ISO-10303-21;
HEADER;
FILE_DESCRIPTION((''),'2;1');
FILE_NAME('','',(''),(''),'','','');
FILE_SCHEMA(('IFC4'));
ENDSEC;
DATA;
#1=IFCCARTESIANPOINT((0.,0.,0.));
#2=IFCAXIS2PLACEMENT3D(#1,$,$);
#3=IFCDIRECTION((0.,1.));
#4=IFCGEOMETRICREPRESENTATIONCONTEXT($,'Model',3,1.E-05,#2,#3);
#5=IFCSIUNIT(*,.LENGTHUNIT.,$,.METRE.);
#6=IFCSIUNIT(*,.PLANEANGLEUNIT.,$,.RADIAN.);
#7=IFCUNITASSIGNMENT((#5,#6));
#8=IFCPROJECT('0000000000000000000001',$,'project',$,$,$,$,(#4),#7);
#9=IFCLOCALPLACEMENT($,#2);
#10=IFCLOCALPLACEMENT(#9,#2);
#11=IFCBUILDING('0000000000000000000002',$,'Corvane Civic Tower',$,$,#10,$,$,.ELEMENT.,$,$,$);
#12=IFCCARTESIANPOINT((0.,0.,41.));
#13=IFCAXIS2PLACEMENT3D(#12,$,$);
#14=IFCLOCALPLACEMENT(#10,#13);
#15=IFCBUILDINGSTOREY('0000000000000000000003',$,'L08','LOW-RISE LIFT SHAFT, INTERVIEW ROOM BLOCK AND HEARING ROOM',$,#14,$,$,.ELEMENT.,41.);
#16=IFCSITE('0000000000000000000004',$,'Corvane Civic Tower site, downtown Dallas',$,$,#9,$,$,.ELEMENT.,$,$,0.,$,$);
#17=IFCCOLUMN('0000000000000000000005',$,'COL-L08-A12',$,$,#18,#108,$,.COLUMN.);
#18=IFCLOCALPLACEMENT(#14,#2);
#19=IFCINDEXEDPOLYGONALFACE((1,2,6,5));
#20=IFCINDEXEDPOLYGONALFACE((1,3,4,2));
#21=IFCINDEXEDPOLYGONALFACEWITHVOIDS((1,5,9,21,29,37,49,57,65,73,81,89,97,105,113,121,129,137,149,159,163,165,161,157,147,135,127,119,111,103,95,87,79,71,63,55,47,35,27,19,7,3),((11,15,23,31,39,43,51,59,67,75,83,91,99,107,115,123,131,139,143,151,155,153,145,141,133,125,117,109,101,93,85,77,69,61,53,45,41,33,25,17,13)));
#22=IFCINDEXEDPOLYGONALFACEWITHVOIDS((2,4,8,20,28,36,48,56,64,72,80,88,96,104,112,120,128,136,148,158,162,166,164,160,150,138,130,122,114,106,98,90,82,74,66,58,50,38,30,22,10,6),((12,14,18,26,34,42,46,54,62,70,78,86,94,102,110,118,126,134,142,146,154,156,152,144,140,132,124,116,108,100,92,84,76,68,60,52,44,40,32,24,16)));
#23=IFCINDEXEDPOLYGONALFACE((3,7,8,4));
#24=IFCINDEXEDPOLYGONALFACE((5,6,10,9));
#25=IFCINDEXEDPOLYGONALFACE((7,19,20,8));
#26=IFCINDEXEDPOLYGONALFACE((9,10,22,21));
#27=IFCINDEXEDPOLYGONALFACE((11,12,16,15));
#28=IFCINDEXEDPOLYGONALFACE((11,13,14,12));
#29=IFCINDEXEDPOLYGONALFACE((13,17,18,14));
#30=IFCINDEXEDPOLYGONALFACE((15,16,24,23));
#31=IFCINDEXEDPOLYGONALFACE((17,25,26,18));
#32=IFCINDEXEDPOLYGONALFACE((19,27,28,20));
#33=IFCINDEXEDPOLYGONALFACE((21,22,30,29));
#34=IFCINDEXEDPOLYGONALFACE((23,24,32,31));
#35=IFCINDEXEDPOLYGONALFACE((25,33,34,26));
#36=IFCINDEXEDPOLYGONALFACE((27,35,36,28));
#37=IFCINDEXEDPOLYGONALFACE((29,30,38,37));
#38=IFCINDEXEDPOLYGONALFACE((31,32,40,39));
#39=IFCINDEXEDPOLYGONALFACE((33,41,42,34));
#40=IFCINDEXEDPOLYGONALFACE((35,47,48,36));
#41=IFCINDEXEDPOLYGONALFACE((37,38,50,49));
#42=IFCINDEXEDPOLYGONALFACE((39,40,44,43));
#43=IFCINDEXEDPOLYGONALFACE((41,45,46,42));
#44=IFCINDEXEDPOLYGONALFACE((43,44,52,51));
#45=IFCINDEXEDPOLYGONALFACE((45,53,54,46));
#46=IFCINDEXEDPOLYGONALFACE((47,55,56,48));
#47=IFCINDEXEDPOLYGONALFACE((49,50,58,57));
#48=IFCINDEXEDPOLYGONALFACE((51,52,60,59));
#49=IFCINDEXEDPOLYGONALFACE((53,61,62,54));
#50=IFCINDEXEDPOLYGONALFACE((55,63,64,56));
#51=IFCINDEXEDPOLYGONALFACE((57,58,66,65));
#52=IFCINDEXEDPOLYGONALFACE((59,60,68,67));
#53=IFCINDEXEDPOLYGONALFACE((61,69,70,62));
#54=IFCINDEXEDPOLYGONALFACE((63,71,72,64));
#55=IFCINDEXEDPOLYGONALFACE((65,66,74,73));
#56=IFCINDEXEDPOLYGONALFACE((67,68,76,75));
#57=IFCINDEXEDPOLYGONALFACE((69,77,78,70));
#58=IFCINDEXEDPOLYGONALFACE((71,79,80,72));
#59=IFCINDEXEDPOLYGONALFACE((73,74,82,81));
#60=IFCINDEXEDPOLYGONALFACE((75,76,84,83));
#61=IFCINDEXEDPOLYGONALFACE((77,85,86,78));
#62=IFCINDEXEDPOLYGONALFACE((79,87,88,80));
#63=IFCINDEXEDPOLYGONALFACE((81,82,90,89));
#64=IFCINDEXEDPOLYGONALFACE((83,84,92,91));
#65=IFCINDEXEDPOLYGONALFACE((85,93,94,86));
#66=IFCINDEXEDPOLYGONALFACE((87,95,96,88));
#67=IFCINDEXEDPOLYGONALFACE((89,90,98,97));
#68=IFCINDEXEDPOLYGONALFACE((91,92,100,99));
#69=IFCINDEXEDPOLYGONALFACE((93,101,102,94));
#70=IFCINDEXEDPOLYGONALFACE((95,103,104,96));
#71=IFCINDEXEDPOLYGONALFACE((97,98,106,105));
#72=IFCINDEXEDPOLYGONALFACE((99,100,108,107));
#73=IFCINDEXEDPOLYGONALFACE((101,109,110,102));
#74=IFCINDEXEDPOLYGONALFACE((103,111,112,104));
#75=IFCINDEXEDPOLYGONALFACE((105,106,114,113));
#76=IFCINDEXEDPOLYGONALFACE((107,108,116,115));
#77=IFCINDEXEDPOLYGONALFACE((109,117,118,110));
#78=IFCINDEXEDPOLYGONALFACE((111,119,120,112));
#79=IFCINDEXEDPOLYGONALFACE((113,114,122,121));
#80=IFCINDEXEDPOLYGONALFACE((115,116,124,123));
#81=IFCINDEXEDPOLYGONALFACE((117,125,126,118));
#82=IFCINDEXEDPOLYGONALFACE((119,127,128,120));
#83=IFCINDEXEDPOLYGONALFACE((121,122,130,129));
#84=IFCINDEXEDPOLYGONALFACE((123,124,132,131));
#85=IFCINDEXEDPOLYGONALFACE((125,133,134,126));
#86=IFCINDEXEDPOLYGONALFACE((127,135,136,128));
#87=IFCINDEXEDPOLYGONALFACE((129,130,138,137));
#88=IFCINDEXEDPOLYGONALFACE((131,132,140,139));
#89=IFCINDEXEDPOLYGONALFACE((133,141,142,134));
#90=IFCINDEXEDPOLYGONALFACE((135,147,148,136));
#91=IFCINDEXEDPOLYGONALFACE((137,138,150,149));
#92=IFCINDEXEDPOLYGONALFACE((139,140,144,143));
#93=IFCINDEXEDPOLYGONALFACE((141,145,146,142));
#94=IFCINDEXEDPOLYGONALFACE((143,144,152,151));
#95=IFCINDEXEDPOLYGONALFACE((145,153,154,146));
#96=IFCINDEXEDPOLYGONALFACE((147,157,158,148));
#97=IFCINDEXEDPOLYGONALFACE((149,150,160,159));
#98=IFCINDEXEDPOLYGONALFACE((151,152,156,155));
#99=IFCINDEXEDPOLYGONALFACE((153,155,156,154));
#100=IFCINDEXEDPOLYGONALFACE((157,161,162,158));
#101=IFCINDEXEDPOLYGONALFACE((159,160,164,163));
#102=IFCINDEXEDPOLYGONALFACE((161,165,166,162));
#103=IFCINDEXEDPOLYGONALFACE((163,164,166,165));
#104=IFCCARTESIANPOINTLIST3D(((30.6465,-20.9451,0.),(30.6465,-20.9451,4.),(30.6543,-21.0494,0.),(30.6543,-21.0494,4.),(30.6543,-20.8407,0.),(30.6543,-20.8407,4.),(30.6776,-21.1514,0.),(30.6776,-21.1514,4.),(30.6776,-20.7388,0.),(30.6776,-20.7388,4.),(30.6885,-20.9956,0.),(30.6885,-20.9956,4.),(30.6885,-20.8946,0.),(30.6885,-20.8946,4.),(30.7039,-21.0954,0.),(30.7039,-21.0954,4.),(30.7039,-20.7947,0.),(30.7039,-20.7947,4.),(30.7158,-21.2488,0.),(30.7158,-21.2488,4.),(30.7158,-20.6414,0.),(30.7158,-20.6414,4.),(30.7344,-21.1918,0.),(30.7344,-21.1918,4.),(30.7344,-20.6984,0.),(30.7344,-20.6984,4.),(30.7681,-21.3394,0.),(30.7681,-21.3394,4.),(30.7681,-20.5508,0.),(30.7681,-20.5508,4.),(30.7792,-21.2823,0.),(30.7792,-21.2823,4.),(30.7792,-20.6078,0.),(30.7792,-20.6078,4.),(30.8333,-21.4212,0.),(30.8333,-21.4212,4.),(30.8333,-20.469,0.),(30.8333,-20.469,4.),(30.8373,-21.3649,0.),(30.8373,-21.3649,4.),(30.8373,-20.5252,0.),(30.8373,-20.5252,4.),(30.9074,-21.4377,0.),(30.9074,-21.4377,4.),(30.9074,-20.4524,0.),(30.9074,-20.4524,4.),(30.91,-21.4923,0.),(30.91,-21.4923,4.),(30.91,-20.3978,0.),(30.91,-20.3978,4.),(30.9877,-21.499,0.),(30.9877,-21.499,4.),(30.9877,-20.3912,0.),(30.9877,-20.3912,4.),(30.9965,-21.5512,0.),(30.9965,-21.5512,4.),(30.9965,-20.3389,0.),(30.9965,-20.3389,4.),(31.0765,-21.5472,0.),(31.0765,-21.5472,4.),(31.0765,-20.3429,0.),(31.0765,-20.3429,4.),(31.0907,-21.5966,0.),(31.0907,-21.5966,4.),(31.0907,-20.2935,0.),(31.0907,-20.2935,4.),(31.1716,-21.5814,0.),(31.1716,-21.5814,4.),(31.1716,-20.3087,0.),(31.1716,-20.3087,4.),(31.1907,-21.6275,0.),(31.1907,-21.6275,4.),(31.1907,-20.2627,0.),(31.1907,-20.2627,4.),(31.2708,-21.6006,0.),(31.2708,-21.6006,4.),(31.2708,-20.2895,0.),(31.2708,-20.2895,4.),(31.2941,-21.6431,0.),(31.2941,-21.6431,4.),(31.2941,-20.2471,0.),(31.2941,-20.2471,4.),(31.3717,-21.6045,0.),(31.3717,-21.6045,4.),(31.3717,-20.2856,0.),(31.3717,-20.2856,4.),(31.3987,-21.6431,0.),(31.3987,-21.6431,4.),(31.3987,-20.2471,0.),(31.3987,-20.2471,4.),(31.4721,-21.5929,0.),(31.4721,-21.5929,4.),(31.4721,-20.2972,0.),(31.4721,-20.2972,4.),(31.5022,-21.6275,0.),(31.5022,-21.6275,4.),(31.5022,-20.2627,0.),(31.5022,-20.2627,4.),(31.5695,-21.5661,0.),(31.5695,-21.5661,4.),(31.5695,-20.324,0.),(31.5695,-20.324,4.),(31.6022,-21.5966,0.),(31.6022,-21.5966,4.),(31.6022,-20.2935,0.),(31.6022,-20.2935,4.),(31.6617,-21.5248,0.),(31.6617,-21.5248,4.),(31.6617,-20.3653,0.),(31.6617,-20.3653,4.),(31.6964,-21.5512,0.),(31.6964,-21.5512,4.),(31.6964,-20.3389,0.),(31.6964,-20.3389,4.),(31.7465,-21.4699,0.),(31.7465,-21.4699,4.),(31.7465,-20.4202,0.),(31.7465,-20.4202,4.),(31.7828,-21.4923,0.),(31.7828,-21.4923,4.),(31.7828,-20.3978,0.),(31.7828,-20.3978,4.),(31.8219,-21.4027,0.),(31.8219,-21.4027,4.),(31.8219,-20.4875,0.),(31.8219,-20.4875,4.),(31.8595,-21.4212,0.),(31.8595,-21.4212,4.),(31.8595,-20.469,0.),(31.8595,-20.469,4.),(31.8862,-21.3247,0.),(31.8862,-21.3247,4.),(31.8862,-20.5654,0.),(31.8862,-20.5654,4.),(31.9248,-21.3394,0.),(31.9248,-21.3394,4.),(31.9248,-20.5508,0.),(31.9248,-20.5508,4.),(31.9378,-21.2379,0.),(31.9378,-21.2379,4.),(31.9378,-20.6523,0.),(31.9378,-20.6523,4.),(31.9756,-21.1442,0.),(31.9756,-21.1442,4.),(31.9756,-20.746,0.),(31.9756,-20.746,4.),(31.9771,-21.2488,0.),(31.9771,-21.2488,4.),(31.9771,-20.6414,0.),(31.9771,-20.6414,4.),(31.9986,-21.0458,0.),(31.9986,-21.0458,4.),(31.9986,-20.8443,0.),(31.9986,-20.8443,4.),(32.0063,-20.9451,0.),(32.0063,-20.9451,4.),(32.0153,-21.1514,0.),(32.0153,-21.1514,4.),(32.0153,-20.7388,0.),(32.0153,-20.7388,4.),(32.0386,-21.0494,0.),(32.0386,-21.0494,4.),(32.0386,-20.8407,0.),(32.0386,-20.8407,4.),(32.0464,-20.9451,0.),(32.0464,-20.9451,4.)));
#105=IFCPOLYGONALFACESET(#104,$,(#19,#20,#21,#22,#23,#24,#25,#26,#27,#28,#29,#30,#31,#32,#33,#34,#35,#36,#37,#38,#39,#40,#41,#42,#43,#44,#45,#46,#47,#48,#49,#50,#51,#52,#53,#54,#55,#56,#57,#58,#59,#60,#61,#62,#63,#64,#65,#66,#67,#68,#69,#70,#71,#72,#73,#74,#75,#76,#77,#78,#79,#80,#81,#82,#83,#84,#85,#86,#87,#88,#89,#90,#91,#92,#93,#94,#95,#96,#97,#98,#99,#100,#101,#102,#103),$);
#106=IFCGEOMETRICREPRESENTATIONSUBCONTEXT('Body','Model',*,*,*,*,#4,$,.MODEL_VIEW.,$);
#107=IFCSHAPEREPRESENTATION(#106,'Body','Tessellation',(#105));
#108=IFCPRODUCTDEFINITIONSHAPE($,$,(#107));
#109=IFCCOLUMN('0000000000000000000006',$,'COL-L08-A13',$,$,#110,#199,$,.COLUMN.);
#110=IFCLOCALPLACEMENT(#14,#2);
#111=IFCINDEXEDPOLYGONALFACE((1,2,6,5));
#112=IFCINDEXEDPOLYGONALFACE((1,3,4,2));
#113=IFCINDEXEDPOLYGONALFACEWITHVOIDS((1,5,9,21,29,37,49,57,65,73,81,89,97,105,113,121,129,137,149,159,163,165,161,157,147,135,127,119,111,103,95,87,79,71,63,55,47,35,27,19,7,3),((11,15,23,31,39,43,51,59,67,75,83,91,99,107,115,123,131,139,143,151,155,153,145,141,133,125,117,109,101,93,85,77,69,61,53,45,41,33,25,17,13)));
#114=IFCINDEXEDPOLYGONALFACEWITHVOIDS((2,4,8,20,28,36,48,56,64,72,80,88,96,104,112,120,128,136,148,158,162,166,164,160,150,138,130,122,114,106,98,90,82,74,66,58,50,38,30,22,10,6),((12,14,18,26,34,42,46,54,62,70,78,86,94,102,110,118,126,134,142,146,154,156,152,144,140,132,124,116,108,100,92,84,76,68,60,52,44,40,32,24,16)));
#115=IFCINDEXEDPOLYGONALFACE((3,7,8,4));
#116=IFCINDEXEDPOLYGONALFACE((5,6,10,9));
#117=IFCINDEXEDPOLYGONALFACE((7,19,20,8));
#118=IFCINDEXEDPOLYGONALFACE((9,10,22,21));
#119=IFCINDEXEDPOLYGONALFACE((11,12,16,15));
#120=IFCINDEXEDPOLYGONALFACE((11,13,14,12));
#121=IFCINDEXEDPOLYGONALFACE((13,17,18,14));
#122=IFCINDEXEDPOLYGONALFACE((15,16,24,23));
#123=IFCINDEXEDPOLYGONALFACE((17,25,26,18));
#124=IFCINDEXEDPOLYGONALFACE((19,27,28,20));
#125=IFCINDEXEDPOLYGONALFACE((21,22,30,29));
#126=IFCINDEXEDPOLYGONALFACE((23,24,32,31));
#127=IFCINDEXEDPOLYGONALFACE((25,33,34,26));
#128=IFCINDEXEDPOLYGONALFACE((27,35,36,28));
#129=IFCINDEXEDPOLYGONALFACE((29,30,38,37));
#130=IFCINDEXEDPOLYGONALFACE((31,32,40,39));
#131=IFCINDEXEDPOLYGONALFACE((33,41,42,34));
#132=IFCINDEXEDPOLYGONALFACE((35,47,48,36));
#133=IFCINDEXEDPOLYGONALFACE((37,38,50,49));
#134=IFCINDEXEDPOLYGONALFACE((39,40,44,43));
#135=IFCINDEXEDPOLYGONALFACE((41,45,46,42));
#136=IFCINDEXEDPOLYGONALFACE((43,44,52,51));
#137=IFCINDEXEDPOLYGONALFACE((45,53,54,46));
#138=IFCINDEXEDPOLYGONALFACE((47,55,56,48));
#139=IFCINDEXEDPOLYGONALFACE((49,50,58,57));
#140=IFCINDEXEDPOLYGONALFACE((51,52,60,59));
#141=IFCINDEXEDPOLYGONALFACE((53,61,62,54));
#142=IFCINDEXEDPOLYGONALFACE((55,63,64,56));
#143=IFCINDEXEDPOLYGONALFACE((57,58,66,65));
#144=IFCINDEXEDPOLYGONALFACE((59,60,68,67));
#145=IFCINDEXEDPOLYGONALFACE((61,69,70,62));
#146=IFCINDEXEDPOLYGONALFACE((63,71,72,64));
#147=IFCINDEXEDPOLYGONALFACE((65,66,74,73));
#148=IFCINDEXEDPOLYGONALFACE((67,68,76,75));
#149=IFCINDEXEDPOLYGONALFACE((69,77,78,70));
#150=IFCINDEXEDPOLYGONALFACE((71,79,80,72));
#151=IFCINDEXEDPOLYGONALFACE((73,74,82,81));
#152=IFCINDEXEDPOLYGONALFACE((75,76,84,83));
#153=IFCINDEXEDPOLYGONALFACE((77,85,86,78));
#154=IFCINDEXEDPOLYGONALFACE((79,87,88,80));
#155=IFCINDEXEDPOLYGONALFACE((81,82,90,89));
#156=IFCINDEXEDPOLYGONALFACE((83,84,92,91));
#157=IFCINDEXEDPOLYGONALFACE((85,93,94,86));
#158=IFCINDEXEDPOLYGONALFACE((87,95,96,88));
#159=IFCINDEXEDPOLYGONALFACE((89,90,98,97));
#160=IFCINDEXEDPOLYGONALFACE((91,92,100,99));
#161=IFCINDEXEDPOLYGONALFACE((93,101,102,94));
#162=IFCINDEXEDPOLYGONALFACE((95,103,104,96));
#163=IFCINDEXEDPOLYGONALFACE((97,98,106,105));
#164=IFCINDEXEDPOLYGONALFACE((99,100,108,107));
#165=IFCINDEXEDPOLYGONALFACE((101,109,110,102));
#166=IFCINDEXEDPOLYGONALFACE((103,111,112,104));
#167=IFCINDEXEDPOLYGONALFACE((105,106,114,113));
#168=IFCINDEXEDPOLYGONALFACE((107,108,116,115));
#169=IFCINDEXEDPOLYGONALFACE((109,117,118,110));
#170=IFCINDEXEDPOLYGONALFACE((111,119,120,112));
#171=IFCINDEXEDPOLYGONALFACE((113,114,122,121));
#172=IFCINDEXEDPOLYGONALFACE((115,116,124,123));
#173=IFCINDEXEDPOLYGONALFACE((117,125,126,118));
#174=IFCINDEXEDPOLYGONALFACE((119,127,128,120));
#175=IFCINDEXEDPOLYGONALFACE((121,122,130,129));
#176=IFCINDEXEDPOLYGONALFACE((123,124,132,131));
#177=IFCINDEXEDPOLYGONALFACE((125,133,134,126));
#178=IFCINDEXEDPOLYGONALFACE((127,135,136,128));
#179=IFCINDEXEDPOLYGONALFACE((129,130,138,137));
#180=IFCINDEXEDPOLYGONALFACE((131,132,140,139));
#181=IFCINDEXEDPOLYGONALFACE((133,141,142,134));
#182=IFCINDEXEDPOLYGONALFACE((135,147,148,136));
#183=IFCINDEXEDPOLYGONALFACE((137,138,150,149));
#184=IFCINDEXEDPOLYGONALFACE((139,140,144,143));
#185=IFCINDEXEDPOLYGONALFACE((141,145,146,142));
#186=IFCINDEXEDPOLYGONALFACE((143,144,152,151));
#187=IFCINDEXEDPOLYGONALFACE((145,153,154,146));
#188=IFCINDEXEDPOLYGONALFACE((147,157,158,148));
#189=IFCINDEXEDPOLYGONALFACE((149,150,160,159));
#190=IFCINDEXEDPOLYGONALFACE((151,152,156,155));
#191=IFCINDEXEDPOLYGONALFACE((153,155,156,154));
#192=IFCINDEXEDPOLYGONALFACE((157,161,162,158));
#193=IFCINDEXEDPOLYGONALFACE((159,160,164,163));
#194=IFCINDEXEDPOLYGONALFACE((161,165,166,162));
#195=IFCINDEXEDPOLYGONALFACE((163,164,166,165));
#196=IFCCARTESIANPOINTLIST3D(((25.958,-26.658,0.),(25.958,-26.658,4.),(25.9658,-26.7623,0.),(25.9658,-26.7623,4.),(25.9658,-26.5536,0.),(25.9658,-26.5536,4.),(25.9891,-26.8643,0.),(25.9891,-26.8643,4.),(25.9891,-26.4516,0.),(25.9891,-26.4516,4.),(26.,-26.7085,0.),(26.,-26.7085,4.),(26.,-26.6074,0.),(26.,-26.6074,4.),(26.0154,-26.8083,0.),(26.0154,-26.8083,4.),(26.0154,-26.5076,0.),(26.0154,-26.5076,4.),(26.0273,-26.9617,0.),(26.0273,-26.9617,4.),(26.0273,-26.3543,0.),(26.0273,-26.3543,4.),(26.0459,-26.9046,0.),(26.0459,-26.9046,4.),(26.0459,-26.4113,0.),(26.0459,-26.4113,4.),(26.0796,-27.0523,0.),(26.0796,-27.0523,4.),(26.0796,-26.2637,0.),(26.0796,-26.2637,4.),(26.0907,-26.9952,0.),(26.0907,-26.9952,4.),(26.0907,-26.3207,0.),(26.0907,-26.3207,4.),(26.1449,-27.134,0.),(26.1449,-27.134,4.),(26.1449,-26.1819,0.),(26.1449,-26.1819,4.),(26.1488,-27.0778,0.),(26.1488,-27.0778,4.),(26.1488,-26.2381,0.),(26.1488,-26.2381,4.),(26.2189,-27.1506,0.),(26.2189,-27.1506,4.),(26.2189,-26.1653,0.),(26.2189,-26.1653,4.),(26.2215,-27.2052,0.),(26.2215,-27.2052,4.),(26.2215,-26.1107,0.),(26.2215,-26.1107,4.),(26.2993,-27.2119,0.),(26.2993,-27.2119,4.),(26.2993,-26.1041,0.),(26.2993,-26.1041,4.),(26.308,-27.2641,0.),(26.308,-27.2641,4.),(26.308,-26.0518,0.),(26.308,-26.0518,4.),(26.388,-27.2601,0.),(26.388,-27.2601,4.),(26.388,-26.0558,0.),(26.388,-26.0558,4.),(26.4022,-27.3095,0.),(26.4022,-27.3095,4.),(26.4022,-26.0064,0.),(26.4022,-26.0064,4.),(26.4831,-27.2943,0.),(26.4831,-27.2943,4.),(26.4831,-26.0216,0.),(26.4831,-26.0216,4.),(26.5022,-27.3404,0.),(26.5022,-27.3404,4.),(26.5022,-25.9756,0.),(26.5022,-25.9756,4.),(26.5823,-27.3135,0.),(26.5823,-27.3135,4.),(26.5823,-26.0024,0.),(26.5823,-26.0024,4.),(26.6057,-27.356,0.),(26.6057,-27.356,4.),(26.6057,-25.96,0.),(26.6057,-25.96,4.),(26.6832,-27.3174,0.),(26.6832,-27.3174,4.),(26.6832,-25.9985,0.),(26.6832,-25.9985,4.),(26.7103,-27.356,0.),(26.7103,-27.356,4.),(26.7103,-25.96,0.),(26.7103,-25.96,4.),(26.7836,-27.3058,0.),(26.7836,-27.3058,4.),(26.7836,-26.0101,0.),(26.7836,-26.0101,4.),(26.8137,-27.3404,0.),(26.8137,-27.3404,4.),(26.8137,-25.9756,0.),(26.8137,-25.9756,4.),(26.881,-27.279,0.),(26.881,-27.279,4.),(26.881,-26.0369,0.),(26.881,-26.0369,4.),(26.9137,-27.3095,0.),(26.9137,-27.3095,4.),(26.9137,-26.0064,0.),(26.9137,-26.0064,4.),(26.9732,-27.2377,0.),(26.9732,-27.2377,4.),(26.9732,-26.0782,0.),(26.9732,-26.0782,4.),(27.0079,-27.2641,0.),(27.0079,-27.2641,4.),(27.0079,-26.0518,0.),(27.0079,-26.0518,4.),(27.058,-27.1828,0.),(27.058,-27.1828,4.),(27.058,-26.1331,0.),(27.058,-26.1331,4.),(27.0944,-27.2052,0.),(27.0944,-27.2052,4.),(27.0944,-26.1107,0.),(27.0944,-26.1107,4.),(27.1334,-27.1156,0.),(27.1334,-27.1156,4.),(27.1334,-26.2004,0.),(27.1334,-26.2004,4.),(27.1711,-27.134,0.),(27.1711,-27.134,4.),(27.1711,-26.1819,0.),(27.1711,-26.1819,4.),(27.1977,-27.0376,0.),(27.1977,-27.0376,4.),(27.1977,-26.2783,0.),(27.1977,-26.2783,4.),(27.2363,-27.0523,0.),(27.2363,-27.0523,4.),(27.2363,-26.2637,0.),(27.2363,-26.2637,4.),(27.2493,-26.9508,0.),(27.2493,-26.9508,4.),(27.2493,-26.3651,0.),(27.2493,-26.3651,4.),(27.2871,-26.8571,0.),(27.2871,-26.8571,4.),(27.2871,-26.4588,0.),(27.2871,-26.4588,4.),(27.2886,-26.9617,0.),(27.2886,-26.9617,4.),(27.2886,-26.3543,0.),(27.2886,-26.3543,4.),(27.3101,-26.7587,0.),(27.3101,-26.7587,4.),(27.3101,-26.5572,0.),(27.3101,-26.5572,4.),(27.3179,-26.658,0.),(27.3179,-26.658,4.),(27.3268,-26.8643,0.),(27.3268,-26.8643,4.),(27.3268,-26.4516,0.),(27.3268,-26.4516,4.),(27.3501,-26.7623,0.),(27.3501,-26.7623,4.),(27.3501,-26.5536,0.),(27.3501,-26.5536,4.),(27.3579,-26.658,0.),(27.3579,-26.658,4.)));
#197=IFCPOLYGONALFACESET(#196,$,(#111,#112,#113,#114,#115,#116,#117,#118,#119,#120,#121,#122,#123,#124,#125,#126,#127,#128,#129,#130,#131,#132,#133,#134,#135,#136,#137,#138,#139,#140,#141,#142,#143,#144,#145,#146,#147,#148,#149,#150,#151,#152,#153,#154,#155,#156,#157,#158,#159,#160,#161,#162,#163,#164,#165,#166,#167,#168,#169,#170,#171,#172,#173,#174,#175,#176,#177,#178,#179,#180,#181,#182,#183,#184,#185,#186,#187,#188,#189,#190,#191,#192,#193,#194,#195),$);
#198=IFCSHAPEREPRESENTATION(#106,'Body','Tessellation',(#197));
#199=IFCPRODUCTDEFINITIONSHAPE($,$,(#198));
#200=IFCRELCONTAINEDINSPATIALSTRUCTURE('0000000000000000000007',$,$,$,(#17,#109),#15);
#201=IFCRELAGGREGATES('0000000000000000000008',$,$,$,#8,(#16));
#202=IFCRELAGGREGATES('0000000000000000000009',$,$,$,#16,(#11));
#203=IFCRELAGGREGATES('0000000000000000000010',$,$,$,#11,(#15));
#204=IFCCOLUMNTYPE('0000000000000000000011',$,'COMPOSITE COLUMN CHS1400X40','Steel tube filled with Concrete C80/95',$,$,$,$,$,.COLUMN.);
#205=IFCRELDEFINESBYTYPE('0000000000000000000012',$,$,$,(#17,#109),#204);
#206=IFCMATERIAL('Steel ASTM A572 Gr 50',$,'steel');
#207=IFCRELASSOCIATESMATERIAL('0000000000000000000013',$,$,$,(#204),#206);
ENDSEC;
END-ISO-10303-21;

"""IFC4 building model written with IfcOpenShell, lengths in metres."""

from ifc_helpers import new_model, si_unit, direction, frame, origin, origin_2d, place, context, subcontext, project, spatial, hollow_circle, extrude, material, material_profile, profile_set, type_object, element, save


model = new_model("IFC4")

# Units and contexts
model_context = context("Model", 3, precision=1e-05, world=origin(), true_north=direction((0.0, 1.0)))
body_context = subcontext(model_context, "Body", "Model", "MODEL_VIEW")
ifc_project = project(units=[si_unit("LENGTHUNIT", "METRE"), si_unit("PLANEANGLEUNIT", "RADIAN")], contexts=[model_context])

# Site, building, storey
site_placement = place(None, origin())
site = spatial("IfcSite", under=ifc_project, at=site_placement, Name="Corvane Civic Tower site, downtown Dallas", CompositionType="ELEMENT", RefElevation=0.0)
building_placement = place(site_placement, origin())
building = spatial("IfcBuilding", under=site, at=building_placement, Name="Corvane Civic Tower", CompositionType="ELEMENT")
storey_placement = place(building_placement, frame((0.0, 0.0, 41.0)))
storey = spatial("IfcBuildingStorey", under=building, at=storey_placement, Name="L08", Description="LOW-RISE LIFT SHAFT, INTERVIEW ROOM BLOCK AND HEARING ROOM", CompositionType="ELEMENT", Elevation=41.0)

# Columns
ifc_material_1 = material(Name="Steel ASTM A572 Gr 50", Category="steel")
ifc_material_profile_1 = material_profile(ifc_material_1, hollow_circle(Radius=0.7, WallThickness=0.04, at=origin_2d()), Name="CHS1400X40")
ifc_profile_set_1 = profile_set([ifc_material_profile_1], Name="Steel ASTM A572 Gr 50")
column_type = type_object("IfcColumnType", Name="COMPOSITE COLUMN CHS1400X40", Description="Steel tube filled with Concrete C80/95", PredefinedType="COLUMN", material=ifc_profile_set_1)
for number, where, z_axis, x_axis, name in (
    (1, (31.3464, -20.9451, 0.0), (0.0, 0.0, 1.0), (1.0, 0.0, 0.0), "COL-L08-A12"),
    (2, (26.658, -26.658, 0.0), (0.0, 0.0, 1.0), (1.0, 0.0, 0.0), "COL-L08-A13"),
):
    element("IfcColumn", number, at=place(storey_placement, frame(where, z_axis=z_axis, x_axis=x_axis)), inside=storey, type_object=column_type, Name=name, PredefinedType="COLUMN", context=body_context, shape_type="SweptSolid", body=[
        extrude(hollow_circle(Radius=0.7, WallThickness=0.04, at=origin_2d()), origin(), (0.0, 0.0, 1.0), 4.0),
    ])

save(model, "model.ifc")
